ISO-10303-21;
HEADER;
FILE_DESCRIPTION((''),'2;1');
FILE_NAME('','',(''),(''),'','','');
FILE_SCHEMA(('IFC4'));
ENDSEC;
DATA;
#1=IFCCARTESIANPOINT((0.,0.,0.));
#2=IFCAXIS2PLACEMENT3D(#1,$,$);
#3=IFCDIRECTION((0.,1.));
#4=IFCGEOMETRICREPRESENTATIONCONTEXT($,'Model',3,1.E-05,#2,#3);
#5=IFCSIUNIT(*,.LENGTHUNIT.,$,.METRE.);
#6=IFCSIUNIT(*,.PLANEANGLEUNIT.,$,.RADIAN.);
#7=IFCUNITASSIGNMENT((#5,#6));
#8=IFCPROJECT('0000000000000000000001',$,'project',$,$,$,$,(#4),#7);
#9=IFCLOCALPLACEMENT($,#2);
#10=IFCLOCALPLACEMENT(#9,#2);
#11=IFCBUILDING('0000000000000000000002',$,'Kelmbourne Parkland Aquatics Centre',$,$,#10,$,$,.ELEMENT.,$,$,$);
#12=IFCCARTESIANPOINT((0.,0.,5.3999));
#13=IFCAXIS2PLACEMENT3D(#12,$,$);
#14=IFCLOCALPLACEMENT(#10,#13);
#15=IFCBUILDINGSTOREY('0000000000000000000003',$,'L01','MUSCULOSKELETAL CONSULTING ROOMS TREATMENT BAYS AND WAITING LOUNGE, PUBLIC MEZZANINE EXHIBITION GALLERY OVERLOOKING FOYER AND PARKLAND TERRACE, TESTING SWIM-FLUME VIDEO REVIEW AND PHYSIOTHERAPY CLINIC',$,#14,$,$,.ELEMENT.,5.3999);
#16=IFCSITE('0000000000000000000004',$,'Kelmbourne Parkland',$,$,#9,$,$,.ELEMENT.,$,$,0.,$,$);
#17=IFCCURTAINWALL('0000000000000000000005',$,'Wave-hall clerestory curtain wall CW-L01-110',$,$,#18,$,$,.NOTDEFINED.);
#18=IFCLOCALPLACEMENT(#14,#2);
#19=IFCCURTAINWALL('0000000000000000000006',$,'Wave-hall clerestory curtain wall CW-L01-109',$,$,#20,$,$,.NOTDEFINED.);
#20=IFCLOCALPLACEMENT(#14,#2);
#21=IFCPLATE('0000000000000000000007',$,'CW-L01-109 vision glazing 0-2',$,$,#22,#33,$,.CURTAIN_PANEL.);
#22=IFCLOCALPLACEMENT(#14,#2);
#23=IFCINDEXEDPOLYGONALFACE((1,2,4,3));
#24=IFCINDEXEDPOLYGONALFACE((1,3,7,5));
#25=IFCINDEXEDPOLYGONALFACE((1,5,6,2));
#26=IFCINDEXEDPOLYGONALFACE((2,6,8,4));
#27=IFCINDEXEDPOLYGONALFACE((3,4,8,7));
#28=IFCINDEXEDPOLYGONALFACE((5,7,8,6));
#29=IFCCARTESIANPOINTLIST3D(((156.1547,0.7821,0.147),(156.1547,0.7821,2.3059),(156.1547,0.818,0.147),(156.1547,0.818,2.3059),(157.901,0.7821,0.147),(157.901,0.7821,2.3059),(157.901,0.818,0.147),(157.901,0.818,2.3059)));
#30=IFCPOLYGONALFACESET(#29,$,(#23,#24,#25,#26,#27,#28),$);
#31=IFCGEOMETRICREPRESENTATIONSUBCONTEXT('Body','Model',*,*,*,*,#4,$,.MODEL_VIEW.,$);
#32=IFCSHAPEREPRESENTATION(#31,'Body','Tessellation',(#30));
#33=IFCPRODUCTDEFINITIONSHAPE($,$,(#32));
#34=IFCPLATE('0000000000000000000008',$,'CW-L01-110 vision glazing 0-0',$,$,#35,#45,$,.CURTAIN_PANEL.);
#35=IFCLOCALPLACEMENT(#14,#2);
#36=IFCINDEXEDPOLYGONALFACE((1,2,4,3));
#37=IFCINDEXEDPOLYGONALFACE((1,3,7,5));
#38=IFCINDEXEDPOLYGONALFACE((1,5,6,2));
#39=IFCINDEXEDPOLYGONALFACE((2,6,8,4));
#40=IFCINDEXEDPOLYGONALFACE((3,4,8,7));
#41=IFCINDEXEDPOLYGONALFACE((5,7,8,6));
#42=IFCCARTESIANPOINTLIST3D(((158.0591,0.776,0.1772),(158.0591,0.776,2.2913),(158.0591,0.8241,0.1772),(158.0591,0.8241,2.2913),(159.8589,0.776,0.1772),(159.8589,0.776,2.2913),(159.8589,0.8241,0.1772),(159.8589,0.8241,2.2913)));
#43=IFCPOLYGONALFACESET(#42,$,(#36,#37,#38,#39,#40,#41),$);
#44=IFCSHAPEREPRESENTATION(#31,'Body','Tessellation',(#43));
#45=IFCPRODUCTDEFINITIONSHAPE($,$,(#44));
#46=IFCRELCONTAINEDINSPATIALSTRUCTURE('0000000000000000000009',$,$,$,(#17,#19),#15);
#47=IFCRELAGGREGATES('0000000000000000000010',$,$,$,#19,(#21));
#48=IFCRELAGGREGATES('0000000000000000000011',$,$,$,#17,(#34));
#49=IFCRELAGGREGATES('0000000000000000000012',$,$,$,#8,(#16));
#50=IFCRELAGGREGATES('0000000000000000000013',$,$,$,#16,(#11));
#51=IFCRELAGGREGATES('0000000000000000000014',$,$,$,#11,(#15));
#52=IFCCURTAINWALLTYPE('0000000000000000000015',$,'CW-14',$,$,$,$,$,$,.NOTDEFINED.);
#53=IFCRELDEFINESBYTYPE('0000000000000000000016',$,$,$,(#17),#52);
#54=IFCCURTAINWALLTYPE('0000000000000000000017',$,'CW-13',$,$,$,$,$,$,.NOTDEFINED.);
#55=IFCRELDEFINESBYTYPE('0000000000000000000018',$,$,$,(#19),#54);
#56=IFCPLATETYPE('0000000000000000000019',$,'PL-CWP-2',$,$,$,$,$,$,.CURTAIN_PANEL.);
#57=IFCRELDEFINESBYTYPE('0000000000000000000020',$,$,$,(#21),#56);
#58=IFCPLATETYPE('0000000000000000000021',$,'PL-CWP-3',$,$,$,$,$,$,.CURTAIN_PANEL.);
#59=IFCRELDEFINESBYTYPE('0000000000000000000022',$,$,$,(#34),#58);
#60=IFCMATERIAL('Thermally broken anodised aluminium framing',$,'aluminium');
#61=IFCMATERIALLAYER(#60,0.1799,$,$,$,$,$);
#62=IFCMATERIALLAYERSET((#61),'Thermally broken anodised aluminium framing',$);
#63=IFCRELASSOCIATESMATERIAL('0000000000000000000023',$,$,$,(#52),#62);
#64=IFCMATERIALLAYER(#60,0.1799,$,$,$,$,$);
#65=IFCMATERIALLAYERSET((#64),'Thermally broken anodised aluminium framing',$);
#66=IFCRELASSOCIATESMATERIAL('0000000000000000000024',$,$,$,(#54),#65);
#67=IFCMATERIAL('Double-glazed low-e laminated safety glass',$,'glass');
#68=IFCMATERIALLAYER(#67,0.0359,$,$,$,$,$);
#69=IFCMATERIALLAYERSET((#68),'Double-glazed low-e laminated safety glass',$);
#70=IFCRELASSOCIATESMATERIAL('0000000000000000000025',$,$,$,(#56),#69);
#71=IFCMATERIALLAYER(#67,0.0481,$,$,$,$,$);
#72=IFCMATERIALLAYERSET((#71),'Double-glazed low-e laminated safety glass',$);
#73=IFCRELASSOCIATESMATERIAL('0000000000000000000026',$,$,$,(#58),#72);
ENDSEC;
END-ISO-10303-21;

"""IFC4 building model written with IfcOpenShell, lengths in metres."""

from ifc_helpers import new_model, si_unit, direction, frame, origin, origin_2d, place, context, subcontext, project, spatial, rectangle, extrude, material, layer, layer_set, type_object, element, aggregate, save


model = new_model("IFC4")

# Units and contexts
model_context = context("Model", 3, precision=1e-05, world=origin(), true_north=direction((0.0, 1.0)))
body_context = subcontext(model_context, "Body", "Model", "MODEL_VIEW")
ifc_project = project(units=[si_unit("LENGTHUNIT", "METRE"), si_unit("PLANEANGLEUNIT", "RADIAN")], contexts=[model_context])

# Site, building, storey
site_placement = place(None, origin())
site = spatial("IfcSite", under=ifc_project, at=site_placement, Name="Kelmbourne Parkland", CompositionType="ELEMENT", RefElevation=0.0)
building_placement = place(site_placement, origin())
building = spatial("IfcBuilding", under=site, at=building_placement, Name="Kelmbourne Parkland Aquatics Centre", CompositionType="ELEMENT")
storey_placement = place(building_placement, frame((0.0, 0.0, 5.3999)))
storey = spatial("IfcBuildingStorey", under=building, at=storey_placement, Name="L01", Description="MUSCULOSKELETAL CONSULTING ROOMS TREATMENT BAYS AND WAITING LOUNGE, PUBLIC MEZZANINE EXHIBITION GALLERY OVERLOOKING FOYER AND PARKLAND TERRACE, TESTING SWIM-FLUME VIDEO REVIEW AND PHYSIOTHERAPY CLINIC", CompositionType="ELEMENT", Elevation=5.3999)

# Curtain wall
ifc_material_1 = material(Name="Thermally broken anodised aluminium framing", Category="aluminium")
ifc_layer_1 = layer(ifc_material_1, 0.1799)
ifc_layer_set_1 = layer_set([ifc_layer_1], Name="Thermally broken anodised aluminium framing")
curtain_wall_type_1 = type_object("IfcCurtainWallType", Name="CW-14", PredefinedType="NOTDEFINED", material=ifc_layer_set_1)
curtain_wall_1_placement = place(storey_placement, origin())
curtain_wall_1 = element("IfcCurtainWall", 1, at=curtain_wall_1_placement, inside=storey, type_object=curtain_wall_type_1, Name="Wave-hall clerestory curtain wall CW-L01-110", PredefinedType="NOTDEFINED")

# Curtain wall
ifc_layer_2 = layer(ifc_material_1, 0.1799)
ifc_layer_set_2 = layer_set([ifc_layer_2], Name="Thermally broken anodised aluminium framing")
curtain_wall_type_2 = type_object("IfcCurtainWallType", Name="CW-13", PredefinedType="NOTDEFINED", material=ifc_layer_set_2)
curtain_wall_2_placement = place(storey_placement, origin())
curtain_wall_2 = element("IfcCurtainWall", 2, at=curtain_wall_2_placement, inside=storey, type_object=curtain_wall_type_2, Name="Wave-hall clerestory curtain wall CW-L01-109", PredefinedType="NOTDEFINED")

# Plates
ifc_material_2 = material(Name="Double-glazed low-e laminated safety glass", Category="glass")
ifc_layer_3 = layer(ifc_material_2, 0.0359)
ifc_layer_set_3 = layer_set([ifc_layer_3], Name="Double-glazed low-e laminated safety glass")
plate_type_1 = type_object("IfcPlateType", Name="PL-CWP-2", PredefinedType="CURTAIN_PANEL", material=ifc_layer_set_3)
plate_1_placement = place(storey_placement, frame((157.0278, 0.8, 0.147), z_axis=(0.0, 0.0, 1.0), x_axis=(1.0, 0.0, 0.0)))
plate_1 = element("IfcPlate", 3, at=plate_1_placement, type_object=plate_type_1, Name="CW-L01-109 vision glazing 0-2", PredefinedType="CURTAIN_PANEL", context=body_context, shape_type="SweptSolid", body=[
    extrude(rectangle(XDim=1.7463, YDim=0.0359, at=origin_2d()), origin(), (0.0, 0.0, 1.0), 2.1589),
])
aggregate(curtain_wall_2, [plate_1])
ifc_layer_4 = layer(ifc_material_2, 0.0481)
ifc_layer_set_4 = layer_set([ifc_layer_4], Name="Double-glazed low-e laminated safety glass")
plate_type_2 = type_object("IfcPlateType", Name="PL-CWP-3", PredefinedType="CURTAIN_PANEL", material=ifc_layer_set_4)
plate_2_placement = place(storey_placement, frame((158.959, 0.8, 0.1772), z_axis=(0.0, 0.0, 1.0), x_axis=(1.0, 0.0, 0.0)))
plate_2 = element("IfcPlate", 4, at=plate_2_placement, type_object=plate_type_2, Name="CW-L01-110 vision glazing 0-0", PredefinedType="CURTAIN_PANEL", context=body_context, shape_type="SweptSolid", body=[
    extrude(rectangle(XDim=1.7998, YDim=0.0481, at=origin_2d()), origin(), (0.0, 0.0, 1.0), 2.114),
])
aggregate(curtain_wall_1, [plate_2])

save(model, "model.ifc")
